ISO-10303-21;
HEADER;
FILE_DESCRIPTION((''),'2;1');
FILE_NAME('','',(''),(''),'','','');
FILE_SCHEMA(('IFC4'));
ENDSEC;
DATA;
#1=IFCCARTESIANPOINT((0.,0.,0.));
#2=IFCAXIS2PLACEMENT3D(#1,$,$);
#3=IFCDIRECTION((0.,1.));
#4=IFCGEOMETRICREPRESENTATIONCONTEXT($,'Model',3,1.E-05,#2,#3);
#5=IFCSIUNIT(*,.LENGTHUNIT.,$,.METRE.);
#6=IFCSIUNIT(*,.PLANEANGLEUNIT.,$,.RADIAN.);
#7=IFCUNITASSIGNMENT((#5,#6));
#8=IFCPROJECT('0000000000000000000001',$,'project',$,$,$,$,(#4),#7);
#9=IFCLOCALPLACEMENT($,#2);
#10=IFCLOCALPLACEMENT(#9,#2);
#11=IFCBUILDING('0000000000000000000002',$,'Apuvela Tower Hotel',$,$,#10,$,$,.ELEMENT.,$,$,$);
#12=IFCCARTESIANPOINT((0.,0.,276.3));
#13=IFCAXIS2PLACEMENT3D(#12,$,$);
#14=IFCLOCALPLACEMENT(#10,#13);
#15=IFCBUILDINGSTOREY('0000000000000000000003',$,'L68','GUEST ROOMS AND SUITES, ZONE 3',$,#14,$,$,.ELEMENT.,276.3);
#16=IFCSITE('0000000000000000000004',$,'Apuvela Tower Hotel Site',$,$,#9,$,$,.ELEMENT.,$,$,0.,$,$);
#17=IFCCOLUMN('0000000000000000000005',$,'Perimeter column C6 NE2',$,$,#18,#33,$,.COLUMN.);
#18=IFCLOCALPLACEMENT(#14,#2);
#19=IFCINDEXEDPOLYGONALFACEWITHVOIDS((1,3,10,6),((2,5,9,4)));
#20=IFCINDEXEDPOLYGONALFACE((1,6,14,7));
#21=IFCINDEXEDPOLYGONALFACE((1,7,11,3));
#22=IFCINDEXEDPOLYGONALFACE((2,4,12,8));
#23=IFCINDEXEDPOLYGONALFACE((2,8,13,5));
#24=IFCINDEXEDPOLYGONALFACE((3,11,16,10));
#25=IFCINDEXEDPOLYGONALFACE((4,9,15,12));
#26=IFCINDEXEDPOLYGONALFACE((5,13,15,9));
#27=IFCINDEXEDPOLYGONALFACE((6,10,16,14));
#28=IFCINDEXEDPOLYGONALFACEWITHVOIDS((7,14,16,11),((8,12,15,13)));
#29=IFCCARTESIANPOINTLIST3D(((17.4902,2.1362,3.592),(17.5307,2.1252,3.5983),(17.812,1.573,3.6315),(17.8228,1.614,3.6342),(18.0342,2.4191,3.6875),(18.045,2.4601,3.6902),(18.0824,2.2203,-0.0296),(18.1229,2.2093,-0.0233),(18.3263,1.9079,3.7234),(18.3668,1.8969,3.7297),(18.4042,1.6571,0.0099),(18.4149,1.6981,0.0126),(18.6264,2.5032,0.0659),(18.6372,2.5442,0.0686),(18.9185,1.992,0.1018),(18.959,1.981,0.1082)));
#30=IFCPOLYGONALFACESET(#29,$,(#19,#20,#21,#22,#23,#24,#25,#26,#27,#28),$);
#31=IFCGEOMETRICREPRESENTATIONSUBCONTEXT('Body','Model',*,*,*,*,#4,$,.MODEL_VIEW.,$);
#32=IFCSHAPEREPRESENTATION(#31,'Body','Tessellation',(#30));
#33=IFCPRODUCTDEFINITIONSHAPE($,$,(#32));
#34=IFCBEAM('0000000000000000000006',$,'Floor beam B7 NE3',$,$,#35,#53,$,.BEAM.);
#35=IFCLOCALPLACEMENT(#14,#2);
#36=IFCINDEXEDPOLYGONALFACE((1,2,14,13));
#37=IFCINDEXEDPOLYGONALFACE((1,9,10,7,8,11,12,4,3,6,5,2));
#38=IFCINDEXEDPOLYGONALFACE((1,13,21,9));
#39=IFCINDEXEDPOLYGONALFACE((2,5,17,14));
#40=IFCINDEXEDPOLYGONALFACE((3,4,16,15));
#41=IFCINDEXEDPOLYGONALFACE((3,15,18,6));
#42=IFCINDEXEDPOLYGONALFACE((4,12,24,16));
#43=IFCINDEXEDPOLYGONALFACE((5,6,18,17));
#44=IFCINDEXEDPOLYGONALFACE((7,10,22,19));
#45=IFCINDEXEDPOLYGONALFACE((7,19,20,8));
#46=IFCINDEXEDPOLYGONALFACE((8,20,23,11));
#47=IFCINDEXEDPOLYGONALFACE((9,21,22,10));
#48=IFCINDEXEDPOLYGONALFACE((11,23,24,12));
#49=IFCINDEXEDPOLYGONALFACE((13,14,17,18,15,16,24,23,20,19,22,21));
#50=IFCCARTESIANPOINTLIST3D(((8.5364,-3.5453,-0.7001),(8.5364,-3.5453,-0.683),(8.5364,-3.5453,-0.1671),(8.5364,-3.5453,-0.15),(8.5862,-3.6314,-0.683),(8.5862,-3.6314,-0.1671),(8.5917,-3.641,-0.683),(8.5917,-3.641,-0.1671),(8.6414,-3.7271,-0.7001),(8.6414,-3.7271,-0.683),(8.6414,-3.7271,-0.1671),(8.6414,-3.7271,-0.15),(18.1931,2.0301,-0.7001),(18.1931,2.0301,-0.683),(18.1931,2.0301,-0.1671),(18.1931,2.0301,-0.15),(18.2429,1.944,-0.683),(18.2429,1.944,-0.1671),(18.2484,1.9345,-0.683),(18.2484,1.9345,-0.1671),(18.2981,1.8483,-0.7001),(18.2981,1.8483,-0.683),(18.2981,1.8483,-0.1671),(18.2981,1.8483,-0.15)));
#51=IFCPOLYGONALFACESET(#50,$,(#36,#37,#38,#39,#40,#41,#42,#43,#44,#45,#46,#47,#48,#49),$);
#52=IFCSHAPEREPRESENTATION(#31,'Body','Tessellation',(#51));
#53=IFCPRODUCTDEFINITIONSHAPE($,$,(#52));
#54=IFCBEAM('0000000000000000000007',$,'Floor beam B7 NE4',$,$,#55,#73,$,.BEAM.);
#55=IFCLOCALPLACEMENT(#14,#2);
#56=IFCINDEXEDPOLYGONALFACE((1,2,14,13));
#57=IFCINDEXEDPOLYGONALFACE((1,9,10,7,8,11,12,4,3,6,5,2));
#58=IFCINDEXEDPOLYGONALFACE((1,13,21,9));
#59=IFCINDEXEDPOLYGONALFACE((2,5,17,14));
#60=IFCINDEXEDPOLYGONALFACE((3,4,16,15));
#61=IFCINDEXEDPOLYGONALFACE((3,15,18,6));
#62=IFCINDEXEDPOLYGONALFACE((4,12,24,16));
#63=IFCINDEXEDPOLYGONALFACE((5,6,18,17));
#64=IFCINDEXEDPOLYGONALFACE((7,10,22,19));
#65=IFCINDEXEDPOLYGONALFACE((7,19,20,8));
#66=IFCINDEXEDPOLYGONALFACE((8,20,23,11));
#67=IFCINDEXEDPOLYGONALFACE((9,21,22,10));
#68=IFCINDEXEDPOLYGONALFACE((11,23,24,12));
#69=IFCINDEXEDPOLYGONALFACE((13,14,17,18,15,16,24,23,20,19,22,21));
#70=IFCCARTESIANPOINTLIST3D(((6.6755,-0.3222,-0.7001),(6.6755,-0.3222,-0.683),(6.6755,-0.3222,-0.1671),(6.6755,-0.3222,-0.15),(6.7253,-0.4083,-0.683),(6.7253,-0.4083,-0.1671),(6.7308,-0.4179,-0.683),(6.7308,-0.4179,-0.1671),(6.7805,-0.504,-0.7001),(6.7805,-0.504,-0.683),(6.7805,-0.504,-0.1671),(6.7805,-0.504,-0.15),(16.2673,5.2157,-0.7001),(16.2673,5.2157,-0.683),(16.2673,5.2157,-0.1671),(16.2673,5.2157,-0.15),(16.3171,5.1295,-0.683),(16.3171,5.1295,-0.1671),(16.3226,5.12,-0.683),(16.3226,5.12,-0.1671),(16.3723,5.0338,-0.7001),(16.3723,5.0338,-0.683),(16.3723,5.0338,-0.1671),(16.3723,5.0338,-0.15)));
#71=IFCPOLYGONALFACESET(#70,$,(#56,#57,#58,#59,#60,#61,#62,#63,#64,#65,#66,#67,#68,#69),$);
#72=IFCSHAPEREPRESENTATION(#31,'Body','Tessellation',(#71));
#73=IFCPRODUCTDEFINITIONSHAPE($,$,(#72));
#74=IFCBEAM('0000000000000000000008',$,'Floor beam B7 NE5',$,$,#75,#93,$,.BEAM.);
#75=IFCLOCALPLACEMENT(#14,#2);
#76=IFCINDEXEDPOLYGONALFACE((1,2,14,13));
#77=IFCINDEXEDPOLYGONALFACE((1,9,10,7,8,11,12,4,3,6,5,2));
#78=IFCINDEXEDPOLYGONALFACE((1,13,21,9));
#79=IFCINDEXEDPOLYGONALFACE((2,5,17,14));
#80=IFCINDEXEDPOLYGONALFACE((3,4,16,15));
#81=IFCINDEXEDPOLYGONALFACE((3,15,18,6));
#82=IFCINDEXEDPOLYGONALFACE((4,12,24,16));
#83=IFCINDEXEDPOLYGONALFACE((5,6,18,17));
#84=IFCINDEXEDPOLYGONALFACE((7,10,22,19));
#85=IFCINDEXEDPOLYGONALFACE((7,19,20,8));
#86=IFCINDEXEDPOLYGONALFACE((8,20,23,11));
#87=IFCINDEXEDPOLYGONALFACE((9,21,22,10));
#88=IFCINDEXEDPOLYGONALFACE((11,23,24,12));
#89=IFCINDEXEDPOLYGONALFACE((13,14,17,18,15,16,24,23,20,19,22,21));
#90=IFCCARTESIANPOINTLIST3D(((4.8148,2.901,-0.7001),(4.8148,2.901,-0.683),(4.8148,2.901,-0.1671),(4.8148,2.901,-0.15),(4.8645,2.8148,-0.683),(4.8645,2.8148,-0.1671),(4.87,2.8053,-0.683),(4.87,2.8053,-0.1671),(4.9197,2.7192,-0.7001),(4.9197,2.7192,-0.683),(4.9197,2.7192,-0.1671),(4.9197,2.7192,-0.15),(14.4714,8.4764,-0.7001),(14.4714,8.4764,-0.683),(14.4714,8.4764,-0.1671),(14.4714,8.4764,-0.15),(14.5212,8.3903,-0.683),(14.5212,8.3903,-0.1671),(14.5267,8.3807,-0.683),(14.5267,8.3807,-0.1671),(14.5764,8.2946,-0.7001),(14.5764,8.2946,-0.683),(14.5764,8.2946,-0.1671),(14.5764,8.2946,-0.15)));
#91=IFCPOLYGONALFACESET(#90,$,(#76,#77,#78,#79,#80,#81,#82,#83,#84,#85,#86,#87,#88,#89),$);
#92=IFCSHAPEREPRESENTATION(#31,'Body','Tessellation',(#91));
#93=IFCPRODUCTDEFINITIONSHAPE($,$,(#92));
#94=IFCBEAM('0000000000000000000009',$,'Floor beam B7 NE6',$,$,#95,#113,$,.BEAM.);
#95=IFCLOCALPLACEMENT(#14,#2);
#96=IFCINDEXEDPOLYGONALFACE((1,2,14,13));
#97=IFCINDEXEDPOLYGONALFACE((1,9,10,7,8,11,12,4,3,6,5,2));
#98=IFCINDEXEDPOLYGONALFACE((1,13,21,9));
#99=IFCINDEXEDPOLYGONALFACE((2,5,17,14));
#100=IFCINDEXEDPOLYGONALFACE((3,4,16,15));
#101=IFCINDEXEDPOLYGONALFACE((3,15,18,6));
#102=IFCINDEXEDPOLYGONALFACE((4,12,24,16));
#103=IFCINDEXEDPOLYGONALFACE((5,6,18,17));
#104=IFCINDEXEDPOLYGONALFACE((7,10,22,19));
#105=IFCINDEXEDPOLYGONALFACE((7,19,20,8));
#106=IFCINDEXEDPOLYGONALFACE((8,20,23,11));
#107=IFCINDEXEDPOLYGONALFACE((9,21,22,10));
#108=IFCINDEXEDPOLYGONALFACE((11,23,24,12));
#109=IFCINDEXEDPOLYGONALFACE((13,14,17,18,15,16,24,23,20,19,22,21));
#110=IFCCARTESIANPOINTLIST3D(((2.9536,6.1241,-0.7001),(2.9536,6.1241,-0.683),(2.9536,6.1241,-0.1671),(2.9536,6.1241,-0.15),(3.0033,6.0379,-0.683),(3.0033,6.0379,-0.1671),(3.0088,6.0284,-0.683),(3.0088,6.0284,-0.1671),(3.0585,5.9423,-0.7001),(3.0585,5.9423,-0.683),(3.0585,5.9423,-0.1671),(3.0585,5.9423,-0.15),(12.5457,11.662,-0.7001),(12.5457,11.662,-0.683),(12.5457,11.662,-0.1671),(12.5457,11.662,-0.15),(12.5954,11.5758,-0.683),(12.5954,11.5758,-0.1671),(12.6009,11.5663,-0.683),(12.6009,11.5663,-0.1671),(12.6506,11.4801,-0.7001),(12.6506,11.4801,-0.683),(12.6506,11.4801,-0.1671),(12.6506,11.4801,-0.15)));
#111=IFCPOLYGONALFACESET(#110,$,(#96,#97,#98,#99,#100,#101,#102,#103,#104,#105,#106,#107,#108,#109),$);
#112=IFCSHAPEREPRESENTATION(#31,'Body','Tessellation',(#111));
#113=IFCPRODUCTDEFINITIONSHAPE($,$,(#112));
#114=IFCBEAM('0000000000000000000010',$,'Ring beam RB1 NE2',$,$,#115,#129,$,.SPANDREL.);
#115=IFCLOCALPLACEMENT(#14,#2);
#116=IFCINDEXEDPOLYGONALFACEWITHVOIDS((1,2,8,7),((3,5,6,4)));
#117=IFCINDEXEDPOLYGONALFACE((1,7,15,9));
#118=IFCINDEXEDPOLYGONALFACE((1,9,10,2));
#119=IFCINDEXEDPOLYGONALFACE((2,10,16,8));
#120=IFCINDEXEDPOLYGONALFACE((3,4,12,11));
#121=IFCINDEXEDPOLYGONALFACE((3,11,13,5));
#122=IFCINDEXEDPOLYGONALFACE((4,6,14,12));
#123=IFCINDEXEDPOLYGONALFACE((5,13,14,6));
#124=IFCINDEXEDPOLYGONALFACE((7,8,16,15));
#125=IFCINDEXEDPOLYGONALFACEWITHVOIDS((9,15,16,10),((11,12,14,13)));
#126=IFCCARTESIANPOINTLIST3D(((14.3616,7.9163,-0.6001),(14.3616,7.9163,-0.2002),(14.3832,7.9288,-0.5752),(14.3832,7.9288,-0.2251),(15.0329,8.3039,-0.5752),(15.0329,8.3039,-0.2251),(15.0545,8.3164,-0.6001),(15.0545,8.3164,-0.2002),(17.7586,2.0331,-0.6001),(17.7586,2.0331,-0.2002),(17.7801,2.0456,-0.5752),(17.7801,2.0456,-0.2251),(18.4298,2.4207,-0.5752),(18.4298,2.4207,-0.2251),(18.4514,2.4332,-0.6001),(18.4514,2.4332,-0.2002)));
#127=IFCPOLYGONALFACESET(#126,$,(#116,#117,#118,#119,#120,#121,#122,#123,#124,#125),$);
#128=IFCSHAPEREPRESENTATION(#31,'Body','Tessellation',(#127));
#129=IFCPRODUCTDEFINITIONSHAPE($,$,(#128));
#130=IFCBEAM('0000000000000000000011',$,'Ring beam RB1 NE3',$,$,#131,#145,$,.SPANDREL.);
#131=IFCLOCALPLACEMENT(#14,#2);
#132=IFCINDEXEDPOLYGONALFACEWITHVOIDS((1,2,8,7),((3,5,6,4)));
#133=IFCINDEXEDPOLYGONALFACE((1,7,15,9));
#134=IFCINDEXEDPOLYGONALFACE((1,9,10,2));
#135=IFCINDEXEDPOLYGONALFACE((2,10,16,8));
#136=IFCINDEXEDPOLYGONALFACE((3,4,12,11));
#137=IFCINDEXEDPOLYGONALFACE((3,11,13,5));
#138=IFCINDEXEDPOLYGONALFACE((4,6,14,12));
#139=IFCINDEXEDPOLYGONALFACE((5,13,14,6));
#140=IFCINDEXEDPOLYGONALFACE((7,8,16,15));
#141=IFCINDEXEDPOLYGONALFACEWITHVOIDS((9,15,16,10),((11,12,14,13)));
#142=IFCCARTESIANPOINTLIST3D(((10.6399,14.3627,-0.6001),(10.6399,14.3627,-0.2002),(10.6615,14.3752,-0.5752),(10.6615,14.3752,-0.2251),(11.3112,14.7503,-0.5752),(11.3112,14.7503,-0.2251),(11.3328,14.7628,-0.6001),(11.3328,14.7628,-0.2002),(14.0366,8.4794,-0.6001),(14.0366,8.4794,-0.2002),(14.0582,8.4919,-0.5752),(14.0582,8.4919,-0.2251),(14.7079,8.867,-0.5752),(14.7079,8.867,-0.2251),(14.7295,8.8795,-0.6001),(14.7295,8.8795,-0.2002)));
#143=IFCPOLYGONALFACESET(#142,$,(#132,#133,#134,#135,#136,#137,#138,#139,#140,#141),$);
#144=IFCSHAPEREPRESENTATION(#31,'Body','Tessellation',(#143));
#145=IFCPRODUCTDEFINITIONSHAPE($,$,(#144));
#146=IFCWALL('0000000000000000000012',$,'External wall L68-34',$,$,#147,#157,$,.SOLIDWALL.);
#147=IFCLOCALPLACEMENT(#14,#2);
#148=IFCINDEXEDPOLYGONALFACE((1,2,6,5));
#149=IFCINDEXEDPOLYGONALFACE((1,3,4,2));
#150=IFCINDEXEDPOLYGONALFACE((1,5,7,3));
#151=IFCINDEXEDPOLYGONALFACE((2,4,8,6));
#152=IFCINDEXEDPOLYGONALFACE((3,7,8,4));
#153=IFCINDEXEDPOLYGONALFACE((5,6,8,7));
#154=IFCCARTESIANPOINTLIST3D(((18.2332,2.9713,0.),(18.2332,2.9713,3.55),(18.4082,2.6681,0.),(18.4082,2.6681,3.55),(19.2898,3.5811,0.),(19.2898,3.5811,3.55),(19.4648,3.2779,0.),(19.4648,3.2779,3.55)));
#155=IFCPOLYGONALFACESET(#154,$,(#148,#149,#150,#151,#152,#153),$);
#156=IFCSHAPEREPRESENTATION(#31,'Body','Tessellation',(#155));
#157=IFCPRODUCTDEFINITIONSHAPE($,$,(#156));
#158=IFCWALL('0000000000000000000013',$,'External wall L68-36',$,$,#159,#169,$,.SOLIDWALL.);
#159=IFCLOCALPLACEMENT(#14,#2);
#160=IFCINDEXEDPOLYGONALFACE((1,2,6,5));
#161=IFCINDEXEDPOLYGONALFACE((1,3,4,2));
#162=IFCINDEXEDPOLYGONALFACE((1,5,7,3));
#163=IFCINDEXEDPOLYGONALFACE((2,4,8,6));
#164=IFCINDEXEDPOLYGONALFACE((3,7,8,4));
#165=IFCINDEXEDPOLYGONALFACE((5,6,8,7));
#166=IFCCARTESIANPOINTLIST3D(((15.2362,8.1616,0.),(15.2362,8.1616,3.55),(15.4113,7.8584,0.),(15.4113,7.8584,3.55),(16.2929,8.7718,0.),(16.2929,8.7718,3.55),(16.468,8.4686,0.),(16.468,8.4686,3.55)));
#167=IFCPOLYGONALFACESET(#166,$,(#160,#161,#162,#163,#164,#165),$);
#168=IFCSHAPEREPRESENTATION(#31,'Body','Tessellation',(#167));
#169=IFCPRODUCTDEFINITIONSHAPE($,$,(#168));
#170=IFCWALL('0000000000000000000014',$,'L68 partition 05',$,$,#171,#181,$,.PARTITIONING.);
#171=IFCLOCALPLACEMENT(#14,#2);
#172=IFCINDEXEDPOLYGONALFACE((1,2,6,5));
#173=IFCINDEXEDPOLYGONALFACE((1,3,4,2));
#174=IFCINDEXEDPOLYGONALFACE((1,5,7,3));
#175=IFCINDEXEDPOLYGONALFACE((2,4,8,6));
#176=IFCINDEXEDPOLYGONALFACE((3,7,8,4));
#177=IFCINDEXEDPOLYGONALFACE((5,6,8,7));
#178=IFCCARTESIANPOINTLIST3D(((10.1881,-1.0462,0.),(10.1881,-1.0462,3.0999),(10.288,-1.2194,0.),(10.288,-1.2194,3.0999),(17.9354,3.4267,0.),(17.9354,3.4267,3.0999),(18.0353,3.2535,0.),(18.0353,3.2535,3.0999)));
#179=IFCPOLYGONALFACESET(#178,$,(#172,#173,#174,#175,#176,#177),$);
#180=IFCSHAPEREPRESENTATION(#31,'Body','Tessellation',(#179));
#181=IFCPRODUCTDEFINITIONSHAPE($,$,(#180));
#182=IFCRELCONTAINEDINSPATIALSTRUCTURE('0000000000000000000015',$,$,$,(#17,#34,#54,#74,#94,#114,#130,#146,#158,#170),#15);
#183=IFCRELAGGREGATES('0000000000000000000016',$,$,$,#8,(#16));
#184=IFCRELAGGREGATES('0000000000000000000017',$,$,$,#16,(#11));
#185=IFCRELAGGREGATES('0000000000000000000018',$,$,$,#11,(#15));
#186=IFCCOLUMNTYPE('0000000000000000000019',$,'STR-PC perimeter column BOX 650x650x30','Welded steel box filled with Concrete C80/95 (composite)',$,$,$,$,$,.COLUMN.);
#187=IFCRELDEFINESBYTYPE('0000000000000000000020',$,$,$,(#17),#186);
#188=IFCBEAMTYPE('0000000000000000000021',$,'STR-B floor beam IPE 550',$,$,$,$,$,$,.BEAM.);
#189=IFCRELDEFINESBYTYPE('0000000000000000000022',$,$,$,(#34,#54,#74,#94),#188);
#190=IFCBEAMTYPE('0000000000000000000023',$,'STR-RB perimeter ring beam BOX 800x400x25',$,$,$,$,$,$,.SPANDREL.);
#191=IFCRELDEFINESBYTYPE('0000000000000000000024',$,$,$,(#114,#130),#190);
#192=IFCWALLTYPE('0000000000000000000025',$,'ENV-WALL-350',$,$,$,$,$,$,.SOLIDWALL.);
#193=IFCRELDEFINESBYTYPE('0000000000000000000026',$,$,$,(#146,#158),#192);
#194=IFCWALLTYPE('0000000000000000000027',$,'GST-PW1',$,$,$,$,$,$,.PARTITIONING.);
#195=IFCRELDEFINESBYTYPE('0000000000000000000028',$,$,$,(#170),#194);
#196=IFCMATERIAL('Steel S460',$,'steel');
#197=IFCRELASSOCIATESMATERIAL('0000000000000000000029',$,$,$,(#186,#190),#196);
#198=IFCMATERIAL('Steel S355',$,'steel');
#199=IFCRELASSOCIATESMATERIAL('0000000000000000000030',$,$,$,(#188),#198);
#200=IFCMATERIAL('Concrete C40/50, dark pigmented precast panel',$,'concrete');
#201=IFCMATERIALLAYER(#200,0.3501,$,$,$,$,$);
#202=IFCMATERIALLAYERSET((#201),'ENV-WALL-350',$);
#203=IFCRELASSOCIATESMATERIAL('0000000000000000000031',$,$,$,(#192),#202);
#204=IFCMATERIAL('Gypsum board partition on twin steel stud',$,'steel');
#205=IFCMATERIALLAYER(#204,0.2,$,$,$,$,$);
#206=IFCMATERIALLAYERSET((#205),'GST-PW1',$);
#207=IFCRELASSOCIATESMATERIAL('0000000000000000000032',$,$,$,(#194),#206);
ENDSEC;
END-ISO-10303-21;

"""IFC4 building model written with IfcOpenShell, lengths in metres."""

from ifc_helpers import new_model, si_unit, direction, frame, frame_2d, origin, origin_2d, place, context, subcontext, project, spatial, rectangle, hollow_rectangle, i_section, extrude, boolean, halfspace, material, layer, layer_set, material_profile, profile_set, type_object, element, save


model = new_model("IFC4")

# Units and contexts
model_context = context("Model", 3, precision=1e-05, world=origin(), true_north=direction((0.0, 1.0)))
body_context = subcontext(model_context, "Body", "Model", "MODEL_VIEW")
ifc_project = project(units=[si_unit("LENGTHUNIT", "METRE"), si_unit("PLANEANGLEUNIT", "RADIAN")], contexts=[model_context])

# Site, building, storey
site_placement = place(None, origin())
site = spatial("IfcSite", under=ifc_project, at=site_placement, Name="Apuvela Tower Hotel Site", CompositionType="ELEMENT", RefElevation=0.0)
building_placement = place(site_placement, origin())
building = spatial("IfcBuilding", under=site, at=building_placement, Name="Apuvela Tower Hotel", CompositionType="ELEMENT")
storey_placement = place(building_placement, frame((0.0, 0.0, 276.3)))
storey = spatial("IfcBuildingStorey", under=building, at=storey_placement, Name="L68", Description="GUEST ROOMS AND SUITES, ZONE 3", CompositionType="ELEMENT", Elevation=276.3)

# Column
ifc_material_1 = material(Name="Steel S460", Category="steel")
ifc_material_profile_1 = material_profile(ifc_material_1, hollow_rectangle(XDim=0.6499, YDim=0.6499, WallThickness=0.03, at=origin_2d()), Name="BOX 650x650x30")
ifc_material_2 = material(Name="Concrete C80/95", Category="concrete")
ifc_material_profile_2 = material_profile(ifc_material_2, rectangle(XDim=0.5901, YDim=0.5901, at=origin_2d()), Name="Concrete C80/95 infill")
ifc_profile_set_1 = profile_set([ifc_material_profile_1, ifc_material_profile_2], Name="Steel S460")
column_type = type_object("IfcColumnType", Name="STR-PC perimeter column BOX 650x650x30", Description="Welded steel box filled with Concrete C80/95 (composite)", PredefinedType="COLUMN", material=ifc_profile_set_1)
column_1_placement = place(storey_placement, frame((18.5271, 2.1016, 0.0), z_axis=(-0.161325, -0.022916, 0.986635), x_axis=(0.495162, -0.866668, 0.060834)))
element("IfcColumn", 1, at=column_1_placement, inside=storey, type_object=column_type, Name="Perimeter column C6 NE2", PredefinedType="COLUMN", context=body_context, shape_type="SweptSolid", body=[
    boolean("DIFFERENCE", boolean("DIFFERENCE", extrude(hollow_rectangle(XDim=0.6499, YDim=0.6499, WallThickness=0.03, at=origin_2d()), origin(), (0.0, 0.0, 1.0), 3.75), halfspace(frame((0.0, 0.0, 0.0398), z_axis=(0.0, 0.0, 1.0), x_axis=(1.0, 0.0, 0.0)), True)), halfspace(frame((0.0, 0.0, 3.7104), z_axis=(0.0, 0.0, 1.0), x_axis=(1.0, 0.0, 0.0)), False)),
])

# Beams
ifc_material_3 = material(Name="Steel S355", Category="steel")
ifc_material_profile_3 = material_profile(ifc_material_3, i_section(OverallWidth=0.21, OverallDepth=0.55, WebThickness=0.011, FlangeThickness=0.0171, at=origin_2d()), Name="IPE 550")
ifc_profile_set_2 = profile_set([ifc_material_profile_3], Name="Steel S355")
beam_type_1 = type_object("IfcBeamType", Name="STR-B floor beam IPE 550", PredefinedType="BEAM", material=ifc_profile_set_2)
beam_1_placement = place(storey_placement, frame((18.2456, 1.9392, -0.425), z_axis=(-0.866021, -0.500008, 0.0), x_axis=(0.500008, -0.866021, 0.0)))
element("IfcBeam", 2, at=beam_1_placement, inside=storey, type_object=beam_type_1, Name="Floor beam B7 NE3", PredefinedType="BEAM", context=body_context, shape_type="SweptSolid", body=[
    extrude(i_section(OverallWidth=0.21, OverallDepth=0.55, WebThickness=0.011, FlangeThickness=0.0171, at=origin_2d()), origin(), (0.0, 0.0, 1.0), 11.1506),
])
beam_2_placement = place(storey_placement, frame((16.3198, 5.1248, -0.425), z_axis=(-0.866025, -0.500001, 0.0), x_axis=(0.500001, -0.866025, 0.0)))
element("IfcBeam", 3, at=beam_2_placement, inside=storey, type_object=beam_type_1, Name="Floor beam B7 NE4", PredefinedType="BEAM", context=body_context, shape_type="SweptSolid", body=[
    extrude(i_section(OverallWidth=0.21, OverallDepth=0.55, WebThickness=0.011, FlangeThickness=0.0171, at=origin_2d()), origin(), (0.0, 0.0, 1.0), 11.0757),
])
beam_3_placement = place(storey_placement, frame((14.5239, 8.3855, -0.425), z_axis=(-0.866021, -0.500008, 0.0), x_axis=(0.500008, -0.866021, 0.0)))
element("IfcBeam", 4, at=beam_3_placement, inside=storey, type_object=beam_type_1, Name="Floor beam B7 NE5", PredefinedType="BEAM", context=body_context, shape_type="SweptSolid", body=[
    extrude(i_section(OverallWidth=0.21, OverallDepth=0.55, WebThickness=0.011, FlangeThickness=0.0171, at=origin_2d()), origin(), (0.0, 0.0, 1.0), 11.1506),
])
beam_4_placement = place(storey_placement, frame((12.5981, 11.571, -0.425), z_axis=(-0.86603, -0.499991, 0.0), x_axis=(0.499991, -0.86603, 0.0)))
element("IfcBeam", 5, at=beam_4_placement, inside=storey, type_object=beam_type_1, Name="Floor beam B7 NE6", PredefinedType="BEAM", context=body_context, shape_type="SweptSolid", body=[
    extrude(i_section(OverallWidth=0.21, OverallDepth=0.55, WebThickness=0.011, FlangeThickness=0.0171, at=origin_2d()), origin(), (0.0, 0.0, 1.0), 11.0759),
])
ifc_material_profile_4 = material_profile(ifc_material_1, hollow_rectangle(XDim=0.8, YDim=0.3999, WallThickness=0.0249, at=origin_2d()), Name="BOX 800x400x25")
ifc_profile_set_3 = profile_set([ifc_material_profile_4], Name="Steel S460")
beam_type_2 = type_object("IfcBeamType", Name="STR-RB perimeter ring beam BOX 800x400x25", PredefinedType="SPANDREL", material=ifc_profile_set_3)
for number, where, z_axis, x_axis, name in (
    (6, (18.105, 2.2332, -0.4001), (-0.500027, 0.86601, 0.0), (-0.86601, -0.500027, 0.0), "Ring beam RB1 NE2"),
    (7, (14.3831, 8.6794, -0.4001), (-0.5, 0.866025, 0.0), (-0.866025, -0.5, 0.0), "Ring beam RB1 NE3"),
):
    element("IfcBeam", number, at=place(storey_placement, frame(where, z_axis=z_axis, x_axis=x_axis)), inside=storey, type_object=beam_type_2, Name=name, PredefinedType="SPANDREL", context=body_context, shape_type="SweptSolid", body=[
        extrude(hollow_rectangle(XDim=0.8, YDim=0.3999, WallThickness=0.0249, at=origin_2d()), origin(), (0.0, 0.0, 1.0), 6.7935),
    ])

# Wall
ifc_material_4 = material(Name="Concrete C40/50, dark pigmented precast panel", Category="concrete")
ifc_layer_1 = layer(ifc_material_4, 0.3501)
ifc_layer_set_1 = layer_set([ifc_layer_1], Name="ENV-WALL-350")
wall_type_1 = type_object("IfcWallType", Name="ENV-WALL-350", PredefinedType="SOLIDWALL", material=ifc_layer_set_1)
wall_1_placement = place(storey_placement, frame((19.3772, 3.4294, 0.0), z_axis=(0.0, 0.0, 1.0), x_axis=(-0.866092, -0.499884, 0.0)))
element("IfcWall", 8, at=wall_1_placement, inside=storey, type_object=wall_type_1, Name="External wall L68-34", PredefinedType="SOLIDWALL", context=body_context, shape_type="SweptSolid", body=[
    extrude(rectangle(XDim=1.22, YDim=0.3501, at=frame_2d((0.6099, 0.0))), origin(), (0.0, 0.0, 1.0), 3.55),
])

# Wall
wall_2_placement = place(storey_placement, frame((15.3237, 8.01, 0.0), z_axis=(0.0, 0.0, 1.0), x_axis=(0.866006, 0.500034, 0.0)))
element("IfcWall", 9, at=wall_2_placement, inside=storey, type_object=wall_type_1, Name="External wall L68-36", PredefinedType="SOLIDWALL", context=body_context, shape_type="SweptSolid", body=[
    extrude(rectangle(XDim=1.2202, YDim=0.3501, at=frame_2d((0.6101, 0.0))), origin(), (0.0, 0.0, 1.0), 3.55),
])

# Wall
ifc_material_5 = material(Name="Gypsum board partition on twin steel stud", Category="steel")
ifc_layer_2 = layer(ifc_material_5, 0.2)
ifc_layer_set_2 = layer_set([ifc_layer_2], Name="GST-PW1")
wall_type_2 = type_object("IfcWallType", Name="GST-PW1", PredefinedType="PARTITIONING", material=ifc_layer_set_2)
wall_3_placement = place(storey_placement, frame((17.9854, 3.3401, 0.0), z_axis=(0.0, 0.0, 1.0), x_axis=(-0.866026, -0.499999, 0.0)))
element("IfcWall", 10, at=wall_3_placement, inside=storey, type_object=wall_type_2, Name="L68 partition 05", PredefinedType="PARTITIONING", context=body_context, shape_type="SweptSolid", body=[
    extrude(rectangle(XDim=8.9458, YDim=0.2, at=frame_2d((4.4729, 0.0))), origin(), (0.0, 0.0, 1.0), 3.0999),
])

save(model, "model.ifc")
